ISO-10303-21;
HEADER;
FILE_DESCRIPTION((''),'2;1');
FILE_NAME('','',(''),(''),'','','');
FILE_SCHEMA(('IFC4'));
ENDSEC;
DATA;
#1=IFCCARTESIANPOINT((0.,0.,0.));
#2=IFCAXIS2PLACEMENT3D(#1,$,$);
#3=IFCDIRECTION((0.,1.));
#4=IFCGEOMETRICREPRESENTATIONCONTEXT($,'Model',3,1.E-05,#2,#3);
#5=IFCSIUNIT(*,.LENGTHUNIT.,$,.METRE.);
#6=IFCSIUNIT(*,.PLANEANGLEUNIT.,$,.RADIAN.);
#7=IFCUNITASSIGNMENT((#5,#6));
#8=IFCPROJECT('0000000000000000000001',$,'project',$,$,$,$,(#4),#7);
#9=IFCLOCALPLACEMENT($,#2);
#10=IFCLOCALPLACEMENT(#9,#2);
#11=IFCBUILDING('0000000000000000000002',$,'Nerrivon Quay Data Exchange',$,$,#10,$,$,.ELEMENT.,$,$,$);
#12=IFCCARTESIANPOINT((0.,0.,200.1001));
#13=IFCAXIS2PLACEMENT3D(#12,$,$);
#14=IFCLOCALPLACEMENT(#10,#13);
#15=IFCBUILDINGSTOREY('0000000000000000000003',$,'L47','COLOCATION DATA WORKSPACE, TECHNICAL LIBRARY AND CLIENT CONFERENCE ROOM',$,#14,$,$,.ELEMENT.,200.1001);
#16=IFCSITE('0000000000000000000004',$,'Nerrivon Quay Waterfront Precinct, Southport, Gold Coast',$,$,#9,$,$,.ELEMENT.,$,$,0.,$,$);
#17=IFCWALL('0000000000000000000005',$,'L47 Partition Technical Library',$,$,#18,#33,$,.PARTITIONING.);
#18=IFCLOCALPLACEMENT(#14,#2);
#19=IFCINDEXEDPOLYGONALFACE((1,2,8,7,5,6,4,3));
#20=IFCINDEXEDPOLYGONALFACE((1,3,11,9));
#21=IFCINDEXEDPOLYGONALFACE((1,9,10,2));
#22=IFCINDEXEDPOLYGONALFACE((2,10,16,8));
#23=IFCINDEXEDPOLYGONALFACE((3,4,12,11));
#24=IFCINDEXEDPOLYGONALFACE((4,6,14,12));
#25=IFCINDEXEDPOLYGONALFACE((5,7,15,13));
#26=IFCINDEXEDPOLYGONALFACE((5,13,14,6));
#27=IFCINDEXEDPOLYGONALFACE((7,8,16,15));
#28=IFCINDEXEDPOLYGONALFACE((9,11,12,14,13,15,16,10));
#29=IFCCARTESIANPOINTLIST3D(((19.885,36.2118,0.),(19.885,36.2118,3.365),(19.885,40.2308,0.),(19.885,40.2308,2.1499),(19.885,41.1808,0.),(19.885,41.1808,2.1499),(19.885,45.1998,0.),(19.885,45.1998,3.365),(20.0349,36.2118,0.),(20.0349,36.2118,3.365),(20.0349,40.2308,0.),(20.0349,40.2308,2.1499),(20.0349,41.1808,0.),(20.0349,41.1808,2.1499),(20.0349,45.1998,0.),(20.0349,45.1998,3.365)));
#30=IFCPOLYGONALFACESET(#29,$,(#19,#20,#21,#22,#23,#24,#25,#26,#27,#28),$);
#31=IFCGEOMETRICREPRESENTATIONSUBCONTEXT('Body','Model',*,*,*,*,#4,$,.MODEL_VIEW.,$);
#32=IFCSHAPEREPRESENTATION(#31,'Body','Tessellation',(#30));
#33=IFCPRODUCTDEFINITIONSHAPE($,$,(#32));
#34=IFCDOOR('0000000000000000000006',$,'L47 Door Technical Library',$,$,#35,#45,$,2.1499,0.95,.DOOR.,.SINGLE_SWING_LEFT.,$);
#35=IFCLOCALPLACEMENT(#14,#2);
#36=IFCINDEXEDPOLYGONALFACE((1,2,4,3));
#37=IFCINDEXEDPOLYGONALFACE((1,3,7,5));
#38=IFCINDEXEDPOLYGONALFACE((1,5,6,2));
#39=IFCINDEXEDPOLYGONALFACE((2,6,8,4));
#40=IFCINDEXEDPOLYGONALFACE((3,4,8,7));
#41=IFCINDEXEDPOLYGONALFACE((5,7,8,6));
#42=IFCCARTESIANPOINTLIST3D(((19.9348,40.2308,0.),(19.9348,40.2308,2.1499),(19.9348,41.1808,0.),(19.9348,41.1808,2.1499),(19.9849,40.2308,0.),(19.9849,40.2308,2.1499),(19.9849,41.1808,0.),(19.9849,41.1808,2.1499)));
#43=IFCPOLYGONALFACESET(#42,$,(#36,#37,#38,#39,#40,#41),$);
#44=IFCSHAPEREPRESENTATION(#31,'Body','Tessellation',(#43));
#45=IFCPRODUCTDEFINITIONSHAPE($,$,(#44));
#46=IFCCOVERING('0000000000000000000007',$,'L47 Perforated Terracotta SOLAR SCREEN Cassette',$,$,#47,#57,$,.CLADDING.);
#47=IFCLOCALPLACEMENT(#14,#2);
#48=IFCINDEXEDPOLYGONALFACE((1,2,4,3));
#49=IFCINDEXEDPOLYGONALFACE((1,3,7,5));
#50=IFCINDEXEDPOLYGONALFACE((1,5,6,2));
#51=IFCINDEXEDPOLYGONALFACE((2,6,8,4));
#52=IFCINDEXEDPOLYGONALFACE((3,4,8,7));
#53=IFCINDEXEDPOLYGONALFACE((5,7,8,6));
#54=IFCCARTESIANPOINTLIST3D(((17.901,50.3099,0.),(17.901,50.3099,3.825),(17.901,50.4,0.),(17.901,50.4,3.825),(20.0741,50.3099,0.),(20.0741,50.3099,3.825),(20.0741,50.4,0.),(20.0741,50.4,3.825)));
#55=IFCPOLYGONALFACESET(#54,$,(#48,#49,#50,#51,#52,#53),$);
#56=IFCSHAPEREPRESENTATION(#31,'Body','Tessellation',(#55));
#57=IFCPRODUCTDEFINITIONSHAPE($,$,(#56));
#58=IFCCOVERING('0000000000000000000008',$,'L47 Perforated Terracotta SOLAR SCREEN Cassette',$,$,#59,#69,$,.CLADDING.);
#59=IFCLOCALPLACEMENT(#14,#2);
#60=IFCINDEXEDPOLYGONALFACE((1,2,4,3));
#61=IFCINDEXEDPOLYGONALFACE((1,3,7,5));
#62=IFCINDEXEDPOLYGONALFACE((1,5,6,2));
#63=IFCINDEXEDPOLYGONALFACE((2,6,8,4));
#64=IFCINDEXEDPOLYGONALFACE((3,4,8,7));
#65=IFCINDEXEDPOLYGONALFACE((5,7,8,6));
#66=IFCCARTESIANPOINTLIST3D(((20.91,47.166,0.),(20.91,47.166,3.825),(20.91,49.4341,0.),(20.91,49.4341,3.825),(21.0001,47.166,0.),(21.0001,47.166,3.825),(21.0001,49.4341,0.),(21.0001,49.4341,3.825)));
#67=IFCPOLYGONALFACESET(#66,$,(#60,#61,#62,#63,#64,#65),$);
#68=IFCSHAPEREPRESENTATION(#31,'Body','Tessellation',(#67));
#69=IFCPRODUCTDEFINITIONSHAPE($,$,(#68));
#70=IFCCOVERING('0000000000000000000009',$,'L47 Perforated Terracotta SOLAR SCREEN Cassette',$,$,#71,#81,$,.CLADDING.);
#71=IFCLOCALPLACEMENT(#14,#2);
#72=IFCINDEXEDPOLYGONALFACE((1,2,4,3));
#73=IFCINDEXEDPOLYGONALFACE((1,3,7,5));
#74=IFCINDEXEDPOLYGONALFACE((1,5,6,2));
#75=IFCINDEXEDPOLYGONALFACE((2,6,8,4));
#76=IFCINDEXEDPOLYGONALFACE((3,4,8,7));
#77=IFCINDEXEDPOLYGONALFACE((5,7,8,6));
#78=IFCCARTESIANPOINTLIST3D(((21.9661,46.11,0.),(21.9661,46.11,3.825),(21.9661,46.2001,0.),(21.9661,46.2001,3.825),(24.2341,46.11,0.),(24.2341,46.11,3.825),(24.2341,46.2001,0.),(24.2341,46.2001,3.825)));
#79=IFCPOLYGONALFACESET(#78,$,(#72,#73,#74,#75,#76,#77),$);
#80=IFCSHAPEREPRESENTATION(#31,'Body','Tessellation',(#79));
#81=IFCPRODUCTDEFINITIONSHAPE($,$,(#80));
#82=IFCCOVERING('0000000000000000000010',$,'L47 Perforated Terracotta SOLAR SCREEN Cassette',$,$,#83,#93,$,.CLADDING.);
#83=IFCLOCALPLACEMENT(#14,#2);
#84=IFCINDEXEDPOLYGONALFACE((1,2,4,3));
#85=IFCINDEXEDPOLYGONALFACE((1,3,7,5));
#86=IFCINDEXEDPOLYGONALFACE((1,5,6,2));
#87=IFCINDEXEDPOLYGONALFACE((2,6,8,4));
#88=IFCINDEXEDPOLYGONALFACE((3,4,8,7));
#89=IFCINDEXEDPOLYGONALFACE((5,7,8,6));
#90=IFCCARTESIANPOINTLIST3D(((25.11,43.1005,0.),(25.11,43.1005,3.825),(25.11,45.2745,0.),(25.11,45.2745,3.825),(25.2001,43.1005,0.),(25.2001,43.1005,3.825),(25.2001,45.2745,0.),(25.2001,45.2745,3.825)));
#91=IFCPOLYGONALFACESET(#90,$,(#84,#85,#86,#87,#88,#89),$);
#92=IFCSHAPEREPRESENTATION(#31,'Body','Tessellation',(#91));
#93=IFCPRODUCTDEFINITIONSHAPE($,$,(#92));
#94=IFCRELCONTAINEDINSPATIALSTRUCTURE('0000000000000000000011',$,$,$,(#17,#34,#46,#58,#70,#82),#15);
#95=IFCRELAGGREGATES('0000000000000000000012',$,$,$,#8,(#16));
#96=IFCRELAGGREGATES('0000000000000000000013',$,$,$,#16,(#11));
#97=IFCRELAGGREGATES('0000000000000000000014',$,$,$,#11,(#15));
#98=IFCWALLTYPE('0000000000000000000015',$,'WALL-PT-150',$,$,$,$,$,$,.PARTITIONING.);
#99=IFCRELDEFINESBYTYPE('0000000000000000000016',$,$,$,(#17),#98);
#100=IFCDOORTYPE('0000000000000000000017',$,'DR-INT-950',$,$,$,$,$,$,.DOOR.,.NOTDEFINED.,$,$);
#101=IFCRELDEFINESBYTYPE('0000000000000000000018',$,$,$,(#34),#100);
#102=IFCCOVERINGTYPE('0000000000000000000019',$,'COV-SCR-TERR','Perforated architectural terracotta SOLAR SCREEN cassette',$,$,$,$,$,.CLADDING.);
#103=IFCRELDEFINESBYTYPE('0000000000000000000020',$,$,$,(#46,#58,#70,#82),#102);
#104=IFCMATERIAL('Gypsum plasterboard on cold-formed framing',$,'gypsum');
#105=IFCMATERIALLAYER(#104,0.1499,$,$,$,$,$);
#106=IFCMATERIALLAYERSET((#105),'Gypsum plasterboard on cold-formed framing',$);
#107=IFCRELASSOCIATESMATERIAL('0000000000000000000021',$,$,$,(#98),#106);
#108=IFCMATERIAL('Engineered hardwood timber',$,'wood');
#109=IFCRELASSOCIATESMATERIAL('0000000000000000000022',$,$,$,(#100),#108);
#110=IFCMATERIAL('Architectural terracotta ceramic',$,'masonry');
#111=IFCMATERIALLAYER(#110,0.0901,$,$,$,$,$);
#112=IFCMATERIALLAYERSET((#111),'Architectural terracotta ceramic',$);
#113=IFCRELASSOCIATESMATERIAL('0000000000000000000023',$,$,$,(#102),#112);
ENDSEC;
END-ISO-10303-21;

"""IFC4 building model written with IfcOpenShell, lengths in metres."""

from ifc_helpers import new_model, si_unit, direction, frame, frame_2d, origin, origin_2d, place, context, subcontext, project, spatial, rectangle, extrude, material, layer, layer_set, type_object, element, fill, save


model = new_model("IFC4")

# Units and contexts
model_context = context("Model", 3, precision=1e-05, world=origin(), true_north=direction((0.0, 1.0)))
body_context = subcontext(model_context, "Body", "Model", "MODEL_VIEW")
ifc_project = project(units=[si_unit("LENGTHUNIT", "METRE"), si_unit("PLANEANGLEUNIT", "RADIAN")], contexts=[model_context])

# Site, building, storey
site_placement = place(None, origin())
site = spatial("IfcSite", under=ifc_project, at=site_placement, Name="Nerrivon Quay Waterfront Precinct, Southport, Gold Coast", CompositionType="ELEMENT", RefElevation=0.0)
building_placement = place(site_placement, origin())
building = spatial("IfcBuilding", under=site, at=building_placement, Name="Nerrivon Quay Data Exchange", CompositionType="ELEMENT")
storey_placement = place(building_placement, frame((0.0, 0.0, 200.1001)))
storey = spatial("IfcBuildingStorey", under=building, at=storey_placement, Name="L47", Description="COLOCATION DATA WORKSPACE, TECHNICAL LIBRARY AND CLIENT CONFERENCE ROOM", CompositionType="ELEMENT", Elevation=200.1001)

# Shared definitions
ifc_material_1 = material(Name="Gypsum plasterboard on cold-formed framing", Category="gypsum")

# Wall, opening, door
ifc_layer_1 = layer(ifc_material_1, 0.1499)
ifc_layer_set_1 = layer_set([ifc_layer_1], Name="Gypsum plasterboard on cold-formed framing")
wall_type_1 = type_object("IfcWallType", Name="WALL-PT-150", PredefinedType="PARTITIONING", material=ifc_layer_set_1)
wall_1_placement = place(storey_placement, frame((19.96, 45.2, 0.0), z_axis=(0.0, 0.0, 1.0), x_axis=(0.0, -1.0, 0.0)))
wall_1 = element("IfcWall", 1, at=wall_1_placement, inside=storey, type_object=wall_type_1, Name="L47 Partition Technical Library", PredefinedType="PARTITIONING", context=body_context, shape_type="SweptSolid", body=[
    extrude(rectangle(XDim=8.988, YDim=0.1499, at=frame_2d((4.4941, 0.0))), origin(), (0.0, 0.0, 1.0), 3.365),
])
opening_placement = place(wall_1_placement, frame((4.019, 0.0, 0.0)))
opening = element("IfcOpeningElement", 2, at=opening_placement, cuts=wall_1, PredefinedType="OPENING", context=body_context, shape_type="SweptSolid", body=[
    extrude(rectangle(XDim=0.95, YDim=2.1499, at=frame_2d((0.4751, 1.075))), frame((0.0, 0.085, 0.0), z_axis=(0.0, -1.0, 0.0), x_axis=(1.0, 0.0, 0.0)), (0.0, 0.0, 1.0), 0.1699),
])
ifc_material_2 = material(Name="Engineered hardwood timber", Category="wood")
door_type = type_object("IfcDoorType", Name="DR-INT-950", OperationType="NOTDEFINED", PredefinedType="DOOR", material=ifc_material_2)
door_placement = place(opening_placement, origin())
door = element("IfcDoor", 3, at=door_placement, inside=storey, type_object=door_type, Name="L47 Door Technical Library", OperationType="SINGLE_SWING_LEFT", OverallHeight=2.1499, OverallWidth=0.95, PredefinedType="DOOR", context=body_context, shape_type="SweptSolid", body=[
    extrude(rectangle(XDim=0.95, YDim=2.1499, at=frame_2d((0.4751, 1.075))), frame((0.0, 0.0249, 0.0), z_axis=(0.0, -1.0, 0.0), x_axis=(1.0, 0.0, 0.0)), (0.0, 0.0, 1.0), 0.05),
])
fill(opening, door)

# Coverings
ifc_material_3 = material(Name="Architectural terracotta ceramic", Category="masonry")
ifc_layer_2 = layer(ifc_material_3, 0.0901)
ifc_layer_set_2 = layer_set([ifc_layer_2], Name="Architectural terracotta ceramic")
covering_type = type_object("IfcCoveringType", Name="COV-SCR-TERR", Description="Perforated architectural terracotta SOLAR SCREEN cassette", PredefinedType="CLADDING", material=ifc_layer_set_2)
covering_1_placement = place(storey_placement, frame((18.9875, 50.355, 0.0), z_axis=(0.0, 0.0, 1.0), x_axis=(1.0, 0.0, 0.0)))
element("IfcCovering", 4, at=covering_1_placement, inside=storey, type_object=covering_type, Name="L47 Perforated Terracotta SOLAR SCREEN Cassette", PredefinedType="CLADDING", context=body_context, shape_type="SweptSolid", body=[
    extrude(rectangle(XDim=2.1731, YDim=0.0901, at=origin_2d()), origin(), (0.0, 0.0, 1.0), 3.825),
])
for number, where, z_axis, x_axis, name in (
    (5, (20.9551, 48.3, 0.0), (0.0, 0.0, 1.0), (0.0, -1.0, 0.0), "L47 Perforated Terracotta SOLAR SCREEN Cassette"),
    (6, (23.1001, 46.155, 0.0), (0.0, 0.0, 1.0), (1.0, 0.0, 0.0), "L47 Perforated Terracotta SOLAR SCREEN Cassette"),
):
    element("IfcCovering", number, at=place(storey_placement, frame(where, z_axis=z_axis, x_axis=x_axis)), inside=storey, type_object=covering_type, Name=name, PredefinedType="CLADDING", context=body_context, shape_type="SweptSolid", body=[
        extrude(rectangle(XDim=2.2681, YDim=0.0901, at=origin_2d()), origin(), (0.0, 0.0, 1.0), 3.825),
    ])
covering_2_placement = place(storey_placement, frame((25.155, 44.1875, 0.0), z_axis=(0.0, 0.0, 1.0), x_axis=(0.0, -1.0, 0.0)))
element("IfcCovering", 7, at=covering_2_placement, inside=storey, type_object=covering_type, Name="L47 Perforated Terracotta SOLAR SCREEN Cassette", PredefinedType="CLADDING", context=body_context, shape_type="SweptSolid", body=[
    extrude(rectangle(XDim=2.1741, YDim=0.0901, at=origin_2d()), origin(), (0.0, 0.0, 1.0), 3.825),
])

save(model, "model.ifc")
